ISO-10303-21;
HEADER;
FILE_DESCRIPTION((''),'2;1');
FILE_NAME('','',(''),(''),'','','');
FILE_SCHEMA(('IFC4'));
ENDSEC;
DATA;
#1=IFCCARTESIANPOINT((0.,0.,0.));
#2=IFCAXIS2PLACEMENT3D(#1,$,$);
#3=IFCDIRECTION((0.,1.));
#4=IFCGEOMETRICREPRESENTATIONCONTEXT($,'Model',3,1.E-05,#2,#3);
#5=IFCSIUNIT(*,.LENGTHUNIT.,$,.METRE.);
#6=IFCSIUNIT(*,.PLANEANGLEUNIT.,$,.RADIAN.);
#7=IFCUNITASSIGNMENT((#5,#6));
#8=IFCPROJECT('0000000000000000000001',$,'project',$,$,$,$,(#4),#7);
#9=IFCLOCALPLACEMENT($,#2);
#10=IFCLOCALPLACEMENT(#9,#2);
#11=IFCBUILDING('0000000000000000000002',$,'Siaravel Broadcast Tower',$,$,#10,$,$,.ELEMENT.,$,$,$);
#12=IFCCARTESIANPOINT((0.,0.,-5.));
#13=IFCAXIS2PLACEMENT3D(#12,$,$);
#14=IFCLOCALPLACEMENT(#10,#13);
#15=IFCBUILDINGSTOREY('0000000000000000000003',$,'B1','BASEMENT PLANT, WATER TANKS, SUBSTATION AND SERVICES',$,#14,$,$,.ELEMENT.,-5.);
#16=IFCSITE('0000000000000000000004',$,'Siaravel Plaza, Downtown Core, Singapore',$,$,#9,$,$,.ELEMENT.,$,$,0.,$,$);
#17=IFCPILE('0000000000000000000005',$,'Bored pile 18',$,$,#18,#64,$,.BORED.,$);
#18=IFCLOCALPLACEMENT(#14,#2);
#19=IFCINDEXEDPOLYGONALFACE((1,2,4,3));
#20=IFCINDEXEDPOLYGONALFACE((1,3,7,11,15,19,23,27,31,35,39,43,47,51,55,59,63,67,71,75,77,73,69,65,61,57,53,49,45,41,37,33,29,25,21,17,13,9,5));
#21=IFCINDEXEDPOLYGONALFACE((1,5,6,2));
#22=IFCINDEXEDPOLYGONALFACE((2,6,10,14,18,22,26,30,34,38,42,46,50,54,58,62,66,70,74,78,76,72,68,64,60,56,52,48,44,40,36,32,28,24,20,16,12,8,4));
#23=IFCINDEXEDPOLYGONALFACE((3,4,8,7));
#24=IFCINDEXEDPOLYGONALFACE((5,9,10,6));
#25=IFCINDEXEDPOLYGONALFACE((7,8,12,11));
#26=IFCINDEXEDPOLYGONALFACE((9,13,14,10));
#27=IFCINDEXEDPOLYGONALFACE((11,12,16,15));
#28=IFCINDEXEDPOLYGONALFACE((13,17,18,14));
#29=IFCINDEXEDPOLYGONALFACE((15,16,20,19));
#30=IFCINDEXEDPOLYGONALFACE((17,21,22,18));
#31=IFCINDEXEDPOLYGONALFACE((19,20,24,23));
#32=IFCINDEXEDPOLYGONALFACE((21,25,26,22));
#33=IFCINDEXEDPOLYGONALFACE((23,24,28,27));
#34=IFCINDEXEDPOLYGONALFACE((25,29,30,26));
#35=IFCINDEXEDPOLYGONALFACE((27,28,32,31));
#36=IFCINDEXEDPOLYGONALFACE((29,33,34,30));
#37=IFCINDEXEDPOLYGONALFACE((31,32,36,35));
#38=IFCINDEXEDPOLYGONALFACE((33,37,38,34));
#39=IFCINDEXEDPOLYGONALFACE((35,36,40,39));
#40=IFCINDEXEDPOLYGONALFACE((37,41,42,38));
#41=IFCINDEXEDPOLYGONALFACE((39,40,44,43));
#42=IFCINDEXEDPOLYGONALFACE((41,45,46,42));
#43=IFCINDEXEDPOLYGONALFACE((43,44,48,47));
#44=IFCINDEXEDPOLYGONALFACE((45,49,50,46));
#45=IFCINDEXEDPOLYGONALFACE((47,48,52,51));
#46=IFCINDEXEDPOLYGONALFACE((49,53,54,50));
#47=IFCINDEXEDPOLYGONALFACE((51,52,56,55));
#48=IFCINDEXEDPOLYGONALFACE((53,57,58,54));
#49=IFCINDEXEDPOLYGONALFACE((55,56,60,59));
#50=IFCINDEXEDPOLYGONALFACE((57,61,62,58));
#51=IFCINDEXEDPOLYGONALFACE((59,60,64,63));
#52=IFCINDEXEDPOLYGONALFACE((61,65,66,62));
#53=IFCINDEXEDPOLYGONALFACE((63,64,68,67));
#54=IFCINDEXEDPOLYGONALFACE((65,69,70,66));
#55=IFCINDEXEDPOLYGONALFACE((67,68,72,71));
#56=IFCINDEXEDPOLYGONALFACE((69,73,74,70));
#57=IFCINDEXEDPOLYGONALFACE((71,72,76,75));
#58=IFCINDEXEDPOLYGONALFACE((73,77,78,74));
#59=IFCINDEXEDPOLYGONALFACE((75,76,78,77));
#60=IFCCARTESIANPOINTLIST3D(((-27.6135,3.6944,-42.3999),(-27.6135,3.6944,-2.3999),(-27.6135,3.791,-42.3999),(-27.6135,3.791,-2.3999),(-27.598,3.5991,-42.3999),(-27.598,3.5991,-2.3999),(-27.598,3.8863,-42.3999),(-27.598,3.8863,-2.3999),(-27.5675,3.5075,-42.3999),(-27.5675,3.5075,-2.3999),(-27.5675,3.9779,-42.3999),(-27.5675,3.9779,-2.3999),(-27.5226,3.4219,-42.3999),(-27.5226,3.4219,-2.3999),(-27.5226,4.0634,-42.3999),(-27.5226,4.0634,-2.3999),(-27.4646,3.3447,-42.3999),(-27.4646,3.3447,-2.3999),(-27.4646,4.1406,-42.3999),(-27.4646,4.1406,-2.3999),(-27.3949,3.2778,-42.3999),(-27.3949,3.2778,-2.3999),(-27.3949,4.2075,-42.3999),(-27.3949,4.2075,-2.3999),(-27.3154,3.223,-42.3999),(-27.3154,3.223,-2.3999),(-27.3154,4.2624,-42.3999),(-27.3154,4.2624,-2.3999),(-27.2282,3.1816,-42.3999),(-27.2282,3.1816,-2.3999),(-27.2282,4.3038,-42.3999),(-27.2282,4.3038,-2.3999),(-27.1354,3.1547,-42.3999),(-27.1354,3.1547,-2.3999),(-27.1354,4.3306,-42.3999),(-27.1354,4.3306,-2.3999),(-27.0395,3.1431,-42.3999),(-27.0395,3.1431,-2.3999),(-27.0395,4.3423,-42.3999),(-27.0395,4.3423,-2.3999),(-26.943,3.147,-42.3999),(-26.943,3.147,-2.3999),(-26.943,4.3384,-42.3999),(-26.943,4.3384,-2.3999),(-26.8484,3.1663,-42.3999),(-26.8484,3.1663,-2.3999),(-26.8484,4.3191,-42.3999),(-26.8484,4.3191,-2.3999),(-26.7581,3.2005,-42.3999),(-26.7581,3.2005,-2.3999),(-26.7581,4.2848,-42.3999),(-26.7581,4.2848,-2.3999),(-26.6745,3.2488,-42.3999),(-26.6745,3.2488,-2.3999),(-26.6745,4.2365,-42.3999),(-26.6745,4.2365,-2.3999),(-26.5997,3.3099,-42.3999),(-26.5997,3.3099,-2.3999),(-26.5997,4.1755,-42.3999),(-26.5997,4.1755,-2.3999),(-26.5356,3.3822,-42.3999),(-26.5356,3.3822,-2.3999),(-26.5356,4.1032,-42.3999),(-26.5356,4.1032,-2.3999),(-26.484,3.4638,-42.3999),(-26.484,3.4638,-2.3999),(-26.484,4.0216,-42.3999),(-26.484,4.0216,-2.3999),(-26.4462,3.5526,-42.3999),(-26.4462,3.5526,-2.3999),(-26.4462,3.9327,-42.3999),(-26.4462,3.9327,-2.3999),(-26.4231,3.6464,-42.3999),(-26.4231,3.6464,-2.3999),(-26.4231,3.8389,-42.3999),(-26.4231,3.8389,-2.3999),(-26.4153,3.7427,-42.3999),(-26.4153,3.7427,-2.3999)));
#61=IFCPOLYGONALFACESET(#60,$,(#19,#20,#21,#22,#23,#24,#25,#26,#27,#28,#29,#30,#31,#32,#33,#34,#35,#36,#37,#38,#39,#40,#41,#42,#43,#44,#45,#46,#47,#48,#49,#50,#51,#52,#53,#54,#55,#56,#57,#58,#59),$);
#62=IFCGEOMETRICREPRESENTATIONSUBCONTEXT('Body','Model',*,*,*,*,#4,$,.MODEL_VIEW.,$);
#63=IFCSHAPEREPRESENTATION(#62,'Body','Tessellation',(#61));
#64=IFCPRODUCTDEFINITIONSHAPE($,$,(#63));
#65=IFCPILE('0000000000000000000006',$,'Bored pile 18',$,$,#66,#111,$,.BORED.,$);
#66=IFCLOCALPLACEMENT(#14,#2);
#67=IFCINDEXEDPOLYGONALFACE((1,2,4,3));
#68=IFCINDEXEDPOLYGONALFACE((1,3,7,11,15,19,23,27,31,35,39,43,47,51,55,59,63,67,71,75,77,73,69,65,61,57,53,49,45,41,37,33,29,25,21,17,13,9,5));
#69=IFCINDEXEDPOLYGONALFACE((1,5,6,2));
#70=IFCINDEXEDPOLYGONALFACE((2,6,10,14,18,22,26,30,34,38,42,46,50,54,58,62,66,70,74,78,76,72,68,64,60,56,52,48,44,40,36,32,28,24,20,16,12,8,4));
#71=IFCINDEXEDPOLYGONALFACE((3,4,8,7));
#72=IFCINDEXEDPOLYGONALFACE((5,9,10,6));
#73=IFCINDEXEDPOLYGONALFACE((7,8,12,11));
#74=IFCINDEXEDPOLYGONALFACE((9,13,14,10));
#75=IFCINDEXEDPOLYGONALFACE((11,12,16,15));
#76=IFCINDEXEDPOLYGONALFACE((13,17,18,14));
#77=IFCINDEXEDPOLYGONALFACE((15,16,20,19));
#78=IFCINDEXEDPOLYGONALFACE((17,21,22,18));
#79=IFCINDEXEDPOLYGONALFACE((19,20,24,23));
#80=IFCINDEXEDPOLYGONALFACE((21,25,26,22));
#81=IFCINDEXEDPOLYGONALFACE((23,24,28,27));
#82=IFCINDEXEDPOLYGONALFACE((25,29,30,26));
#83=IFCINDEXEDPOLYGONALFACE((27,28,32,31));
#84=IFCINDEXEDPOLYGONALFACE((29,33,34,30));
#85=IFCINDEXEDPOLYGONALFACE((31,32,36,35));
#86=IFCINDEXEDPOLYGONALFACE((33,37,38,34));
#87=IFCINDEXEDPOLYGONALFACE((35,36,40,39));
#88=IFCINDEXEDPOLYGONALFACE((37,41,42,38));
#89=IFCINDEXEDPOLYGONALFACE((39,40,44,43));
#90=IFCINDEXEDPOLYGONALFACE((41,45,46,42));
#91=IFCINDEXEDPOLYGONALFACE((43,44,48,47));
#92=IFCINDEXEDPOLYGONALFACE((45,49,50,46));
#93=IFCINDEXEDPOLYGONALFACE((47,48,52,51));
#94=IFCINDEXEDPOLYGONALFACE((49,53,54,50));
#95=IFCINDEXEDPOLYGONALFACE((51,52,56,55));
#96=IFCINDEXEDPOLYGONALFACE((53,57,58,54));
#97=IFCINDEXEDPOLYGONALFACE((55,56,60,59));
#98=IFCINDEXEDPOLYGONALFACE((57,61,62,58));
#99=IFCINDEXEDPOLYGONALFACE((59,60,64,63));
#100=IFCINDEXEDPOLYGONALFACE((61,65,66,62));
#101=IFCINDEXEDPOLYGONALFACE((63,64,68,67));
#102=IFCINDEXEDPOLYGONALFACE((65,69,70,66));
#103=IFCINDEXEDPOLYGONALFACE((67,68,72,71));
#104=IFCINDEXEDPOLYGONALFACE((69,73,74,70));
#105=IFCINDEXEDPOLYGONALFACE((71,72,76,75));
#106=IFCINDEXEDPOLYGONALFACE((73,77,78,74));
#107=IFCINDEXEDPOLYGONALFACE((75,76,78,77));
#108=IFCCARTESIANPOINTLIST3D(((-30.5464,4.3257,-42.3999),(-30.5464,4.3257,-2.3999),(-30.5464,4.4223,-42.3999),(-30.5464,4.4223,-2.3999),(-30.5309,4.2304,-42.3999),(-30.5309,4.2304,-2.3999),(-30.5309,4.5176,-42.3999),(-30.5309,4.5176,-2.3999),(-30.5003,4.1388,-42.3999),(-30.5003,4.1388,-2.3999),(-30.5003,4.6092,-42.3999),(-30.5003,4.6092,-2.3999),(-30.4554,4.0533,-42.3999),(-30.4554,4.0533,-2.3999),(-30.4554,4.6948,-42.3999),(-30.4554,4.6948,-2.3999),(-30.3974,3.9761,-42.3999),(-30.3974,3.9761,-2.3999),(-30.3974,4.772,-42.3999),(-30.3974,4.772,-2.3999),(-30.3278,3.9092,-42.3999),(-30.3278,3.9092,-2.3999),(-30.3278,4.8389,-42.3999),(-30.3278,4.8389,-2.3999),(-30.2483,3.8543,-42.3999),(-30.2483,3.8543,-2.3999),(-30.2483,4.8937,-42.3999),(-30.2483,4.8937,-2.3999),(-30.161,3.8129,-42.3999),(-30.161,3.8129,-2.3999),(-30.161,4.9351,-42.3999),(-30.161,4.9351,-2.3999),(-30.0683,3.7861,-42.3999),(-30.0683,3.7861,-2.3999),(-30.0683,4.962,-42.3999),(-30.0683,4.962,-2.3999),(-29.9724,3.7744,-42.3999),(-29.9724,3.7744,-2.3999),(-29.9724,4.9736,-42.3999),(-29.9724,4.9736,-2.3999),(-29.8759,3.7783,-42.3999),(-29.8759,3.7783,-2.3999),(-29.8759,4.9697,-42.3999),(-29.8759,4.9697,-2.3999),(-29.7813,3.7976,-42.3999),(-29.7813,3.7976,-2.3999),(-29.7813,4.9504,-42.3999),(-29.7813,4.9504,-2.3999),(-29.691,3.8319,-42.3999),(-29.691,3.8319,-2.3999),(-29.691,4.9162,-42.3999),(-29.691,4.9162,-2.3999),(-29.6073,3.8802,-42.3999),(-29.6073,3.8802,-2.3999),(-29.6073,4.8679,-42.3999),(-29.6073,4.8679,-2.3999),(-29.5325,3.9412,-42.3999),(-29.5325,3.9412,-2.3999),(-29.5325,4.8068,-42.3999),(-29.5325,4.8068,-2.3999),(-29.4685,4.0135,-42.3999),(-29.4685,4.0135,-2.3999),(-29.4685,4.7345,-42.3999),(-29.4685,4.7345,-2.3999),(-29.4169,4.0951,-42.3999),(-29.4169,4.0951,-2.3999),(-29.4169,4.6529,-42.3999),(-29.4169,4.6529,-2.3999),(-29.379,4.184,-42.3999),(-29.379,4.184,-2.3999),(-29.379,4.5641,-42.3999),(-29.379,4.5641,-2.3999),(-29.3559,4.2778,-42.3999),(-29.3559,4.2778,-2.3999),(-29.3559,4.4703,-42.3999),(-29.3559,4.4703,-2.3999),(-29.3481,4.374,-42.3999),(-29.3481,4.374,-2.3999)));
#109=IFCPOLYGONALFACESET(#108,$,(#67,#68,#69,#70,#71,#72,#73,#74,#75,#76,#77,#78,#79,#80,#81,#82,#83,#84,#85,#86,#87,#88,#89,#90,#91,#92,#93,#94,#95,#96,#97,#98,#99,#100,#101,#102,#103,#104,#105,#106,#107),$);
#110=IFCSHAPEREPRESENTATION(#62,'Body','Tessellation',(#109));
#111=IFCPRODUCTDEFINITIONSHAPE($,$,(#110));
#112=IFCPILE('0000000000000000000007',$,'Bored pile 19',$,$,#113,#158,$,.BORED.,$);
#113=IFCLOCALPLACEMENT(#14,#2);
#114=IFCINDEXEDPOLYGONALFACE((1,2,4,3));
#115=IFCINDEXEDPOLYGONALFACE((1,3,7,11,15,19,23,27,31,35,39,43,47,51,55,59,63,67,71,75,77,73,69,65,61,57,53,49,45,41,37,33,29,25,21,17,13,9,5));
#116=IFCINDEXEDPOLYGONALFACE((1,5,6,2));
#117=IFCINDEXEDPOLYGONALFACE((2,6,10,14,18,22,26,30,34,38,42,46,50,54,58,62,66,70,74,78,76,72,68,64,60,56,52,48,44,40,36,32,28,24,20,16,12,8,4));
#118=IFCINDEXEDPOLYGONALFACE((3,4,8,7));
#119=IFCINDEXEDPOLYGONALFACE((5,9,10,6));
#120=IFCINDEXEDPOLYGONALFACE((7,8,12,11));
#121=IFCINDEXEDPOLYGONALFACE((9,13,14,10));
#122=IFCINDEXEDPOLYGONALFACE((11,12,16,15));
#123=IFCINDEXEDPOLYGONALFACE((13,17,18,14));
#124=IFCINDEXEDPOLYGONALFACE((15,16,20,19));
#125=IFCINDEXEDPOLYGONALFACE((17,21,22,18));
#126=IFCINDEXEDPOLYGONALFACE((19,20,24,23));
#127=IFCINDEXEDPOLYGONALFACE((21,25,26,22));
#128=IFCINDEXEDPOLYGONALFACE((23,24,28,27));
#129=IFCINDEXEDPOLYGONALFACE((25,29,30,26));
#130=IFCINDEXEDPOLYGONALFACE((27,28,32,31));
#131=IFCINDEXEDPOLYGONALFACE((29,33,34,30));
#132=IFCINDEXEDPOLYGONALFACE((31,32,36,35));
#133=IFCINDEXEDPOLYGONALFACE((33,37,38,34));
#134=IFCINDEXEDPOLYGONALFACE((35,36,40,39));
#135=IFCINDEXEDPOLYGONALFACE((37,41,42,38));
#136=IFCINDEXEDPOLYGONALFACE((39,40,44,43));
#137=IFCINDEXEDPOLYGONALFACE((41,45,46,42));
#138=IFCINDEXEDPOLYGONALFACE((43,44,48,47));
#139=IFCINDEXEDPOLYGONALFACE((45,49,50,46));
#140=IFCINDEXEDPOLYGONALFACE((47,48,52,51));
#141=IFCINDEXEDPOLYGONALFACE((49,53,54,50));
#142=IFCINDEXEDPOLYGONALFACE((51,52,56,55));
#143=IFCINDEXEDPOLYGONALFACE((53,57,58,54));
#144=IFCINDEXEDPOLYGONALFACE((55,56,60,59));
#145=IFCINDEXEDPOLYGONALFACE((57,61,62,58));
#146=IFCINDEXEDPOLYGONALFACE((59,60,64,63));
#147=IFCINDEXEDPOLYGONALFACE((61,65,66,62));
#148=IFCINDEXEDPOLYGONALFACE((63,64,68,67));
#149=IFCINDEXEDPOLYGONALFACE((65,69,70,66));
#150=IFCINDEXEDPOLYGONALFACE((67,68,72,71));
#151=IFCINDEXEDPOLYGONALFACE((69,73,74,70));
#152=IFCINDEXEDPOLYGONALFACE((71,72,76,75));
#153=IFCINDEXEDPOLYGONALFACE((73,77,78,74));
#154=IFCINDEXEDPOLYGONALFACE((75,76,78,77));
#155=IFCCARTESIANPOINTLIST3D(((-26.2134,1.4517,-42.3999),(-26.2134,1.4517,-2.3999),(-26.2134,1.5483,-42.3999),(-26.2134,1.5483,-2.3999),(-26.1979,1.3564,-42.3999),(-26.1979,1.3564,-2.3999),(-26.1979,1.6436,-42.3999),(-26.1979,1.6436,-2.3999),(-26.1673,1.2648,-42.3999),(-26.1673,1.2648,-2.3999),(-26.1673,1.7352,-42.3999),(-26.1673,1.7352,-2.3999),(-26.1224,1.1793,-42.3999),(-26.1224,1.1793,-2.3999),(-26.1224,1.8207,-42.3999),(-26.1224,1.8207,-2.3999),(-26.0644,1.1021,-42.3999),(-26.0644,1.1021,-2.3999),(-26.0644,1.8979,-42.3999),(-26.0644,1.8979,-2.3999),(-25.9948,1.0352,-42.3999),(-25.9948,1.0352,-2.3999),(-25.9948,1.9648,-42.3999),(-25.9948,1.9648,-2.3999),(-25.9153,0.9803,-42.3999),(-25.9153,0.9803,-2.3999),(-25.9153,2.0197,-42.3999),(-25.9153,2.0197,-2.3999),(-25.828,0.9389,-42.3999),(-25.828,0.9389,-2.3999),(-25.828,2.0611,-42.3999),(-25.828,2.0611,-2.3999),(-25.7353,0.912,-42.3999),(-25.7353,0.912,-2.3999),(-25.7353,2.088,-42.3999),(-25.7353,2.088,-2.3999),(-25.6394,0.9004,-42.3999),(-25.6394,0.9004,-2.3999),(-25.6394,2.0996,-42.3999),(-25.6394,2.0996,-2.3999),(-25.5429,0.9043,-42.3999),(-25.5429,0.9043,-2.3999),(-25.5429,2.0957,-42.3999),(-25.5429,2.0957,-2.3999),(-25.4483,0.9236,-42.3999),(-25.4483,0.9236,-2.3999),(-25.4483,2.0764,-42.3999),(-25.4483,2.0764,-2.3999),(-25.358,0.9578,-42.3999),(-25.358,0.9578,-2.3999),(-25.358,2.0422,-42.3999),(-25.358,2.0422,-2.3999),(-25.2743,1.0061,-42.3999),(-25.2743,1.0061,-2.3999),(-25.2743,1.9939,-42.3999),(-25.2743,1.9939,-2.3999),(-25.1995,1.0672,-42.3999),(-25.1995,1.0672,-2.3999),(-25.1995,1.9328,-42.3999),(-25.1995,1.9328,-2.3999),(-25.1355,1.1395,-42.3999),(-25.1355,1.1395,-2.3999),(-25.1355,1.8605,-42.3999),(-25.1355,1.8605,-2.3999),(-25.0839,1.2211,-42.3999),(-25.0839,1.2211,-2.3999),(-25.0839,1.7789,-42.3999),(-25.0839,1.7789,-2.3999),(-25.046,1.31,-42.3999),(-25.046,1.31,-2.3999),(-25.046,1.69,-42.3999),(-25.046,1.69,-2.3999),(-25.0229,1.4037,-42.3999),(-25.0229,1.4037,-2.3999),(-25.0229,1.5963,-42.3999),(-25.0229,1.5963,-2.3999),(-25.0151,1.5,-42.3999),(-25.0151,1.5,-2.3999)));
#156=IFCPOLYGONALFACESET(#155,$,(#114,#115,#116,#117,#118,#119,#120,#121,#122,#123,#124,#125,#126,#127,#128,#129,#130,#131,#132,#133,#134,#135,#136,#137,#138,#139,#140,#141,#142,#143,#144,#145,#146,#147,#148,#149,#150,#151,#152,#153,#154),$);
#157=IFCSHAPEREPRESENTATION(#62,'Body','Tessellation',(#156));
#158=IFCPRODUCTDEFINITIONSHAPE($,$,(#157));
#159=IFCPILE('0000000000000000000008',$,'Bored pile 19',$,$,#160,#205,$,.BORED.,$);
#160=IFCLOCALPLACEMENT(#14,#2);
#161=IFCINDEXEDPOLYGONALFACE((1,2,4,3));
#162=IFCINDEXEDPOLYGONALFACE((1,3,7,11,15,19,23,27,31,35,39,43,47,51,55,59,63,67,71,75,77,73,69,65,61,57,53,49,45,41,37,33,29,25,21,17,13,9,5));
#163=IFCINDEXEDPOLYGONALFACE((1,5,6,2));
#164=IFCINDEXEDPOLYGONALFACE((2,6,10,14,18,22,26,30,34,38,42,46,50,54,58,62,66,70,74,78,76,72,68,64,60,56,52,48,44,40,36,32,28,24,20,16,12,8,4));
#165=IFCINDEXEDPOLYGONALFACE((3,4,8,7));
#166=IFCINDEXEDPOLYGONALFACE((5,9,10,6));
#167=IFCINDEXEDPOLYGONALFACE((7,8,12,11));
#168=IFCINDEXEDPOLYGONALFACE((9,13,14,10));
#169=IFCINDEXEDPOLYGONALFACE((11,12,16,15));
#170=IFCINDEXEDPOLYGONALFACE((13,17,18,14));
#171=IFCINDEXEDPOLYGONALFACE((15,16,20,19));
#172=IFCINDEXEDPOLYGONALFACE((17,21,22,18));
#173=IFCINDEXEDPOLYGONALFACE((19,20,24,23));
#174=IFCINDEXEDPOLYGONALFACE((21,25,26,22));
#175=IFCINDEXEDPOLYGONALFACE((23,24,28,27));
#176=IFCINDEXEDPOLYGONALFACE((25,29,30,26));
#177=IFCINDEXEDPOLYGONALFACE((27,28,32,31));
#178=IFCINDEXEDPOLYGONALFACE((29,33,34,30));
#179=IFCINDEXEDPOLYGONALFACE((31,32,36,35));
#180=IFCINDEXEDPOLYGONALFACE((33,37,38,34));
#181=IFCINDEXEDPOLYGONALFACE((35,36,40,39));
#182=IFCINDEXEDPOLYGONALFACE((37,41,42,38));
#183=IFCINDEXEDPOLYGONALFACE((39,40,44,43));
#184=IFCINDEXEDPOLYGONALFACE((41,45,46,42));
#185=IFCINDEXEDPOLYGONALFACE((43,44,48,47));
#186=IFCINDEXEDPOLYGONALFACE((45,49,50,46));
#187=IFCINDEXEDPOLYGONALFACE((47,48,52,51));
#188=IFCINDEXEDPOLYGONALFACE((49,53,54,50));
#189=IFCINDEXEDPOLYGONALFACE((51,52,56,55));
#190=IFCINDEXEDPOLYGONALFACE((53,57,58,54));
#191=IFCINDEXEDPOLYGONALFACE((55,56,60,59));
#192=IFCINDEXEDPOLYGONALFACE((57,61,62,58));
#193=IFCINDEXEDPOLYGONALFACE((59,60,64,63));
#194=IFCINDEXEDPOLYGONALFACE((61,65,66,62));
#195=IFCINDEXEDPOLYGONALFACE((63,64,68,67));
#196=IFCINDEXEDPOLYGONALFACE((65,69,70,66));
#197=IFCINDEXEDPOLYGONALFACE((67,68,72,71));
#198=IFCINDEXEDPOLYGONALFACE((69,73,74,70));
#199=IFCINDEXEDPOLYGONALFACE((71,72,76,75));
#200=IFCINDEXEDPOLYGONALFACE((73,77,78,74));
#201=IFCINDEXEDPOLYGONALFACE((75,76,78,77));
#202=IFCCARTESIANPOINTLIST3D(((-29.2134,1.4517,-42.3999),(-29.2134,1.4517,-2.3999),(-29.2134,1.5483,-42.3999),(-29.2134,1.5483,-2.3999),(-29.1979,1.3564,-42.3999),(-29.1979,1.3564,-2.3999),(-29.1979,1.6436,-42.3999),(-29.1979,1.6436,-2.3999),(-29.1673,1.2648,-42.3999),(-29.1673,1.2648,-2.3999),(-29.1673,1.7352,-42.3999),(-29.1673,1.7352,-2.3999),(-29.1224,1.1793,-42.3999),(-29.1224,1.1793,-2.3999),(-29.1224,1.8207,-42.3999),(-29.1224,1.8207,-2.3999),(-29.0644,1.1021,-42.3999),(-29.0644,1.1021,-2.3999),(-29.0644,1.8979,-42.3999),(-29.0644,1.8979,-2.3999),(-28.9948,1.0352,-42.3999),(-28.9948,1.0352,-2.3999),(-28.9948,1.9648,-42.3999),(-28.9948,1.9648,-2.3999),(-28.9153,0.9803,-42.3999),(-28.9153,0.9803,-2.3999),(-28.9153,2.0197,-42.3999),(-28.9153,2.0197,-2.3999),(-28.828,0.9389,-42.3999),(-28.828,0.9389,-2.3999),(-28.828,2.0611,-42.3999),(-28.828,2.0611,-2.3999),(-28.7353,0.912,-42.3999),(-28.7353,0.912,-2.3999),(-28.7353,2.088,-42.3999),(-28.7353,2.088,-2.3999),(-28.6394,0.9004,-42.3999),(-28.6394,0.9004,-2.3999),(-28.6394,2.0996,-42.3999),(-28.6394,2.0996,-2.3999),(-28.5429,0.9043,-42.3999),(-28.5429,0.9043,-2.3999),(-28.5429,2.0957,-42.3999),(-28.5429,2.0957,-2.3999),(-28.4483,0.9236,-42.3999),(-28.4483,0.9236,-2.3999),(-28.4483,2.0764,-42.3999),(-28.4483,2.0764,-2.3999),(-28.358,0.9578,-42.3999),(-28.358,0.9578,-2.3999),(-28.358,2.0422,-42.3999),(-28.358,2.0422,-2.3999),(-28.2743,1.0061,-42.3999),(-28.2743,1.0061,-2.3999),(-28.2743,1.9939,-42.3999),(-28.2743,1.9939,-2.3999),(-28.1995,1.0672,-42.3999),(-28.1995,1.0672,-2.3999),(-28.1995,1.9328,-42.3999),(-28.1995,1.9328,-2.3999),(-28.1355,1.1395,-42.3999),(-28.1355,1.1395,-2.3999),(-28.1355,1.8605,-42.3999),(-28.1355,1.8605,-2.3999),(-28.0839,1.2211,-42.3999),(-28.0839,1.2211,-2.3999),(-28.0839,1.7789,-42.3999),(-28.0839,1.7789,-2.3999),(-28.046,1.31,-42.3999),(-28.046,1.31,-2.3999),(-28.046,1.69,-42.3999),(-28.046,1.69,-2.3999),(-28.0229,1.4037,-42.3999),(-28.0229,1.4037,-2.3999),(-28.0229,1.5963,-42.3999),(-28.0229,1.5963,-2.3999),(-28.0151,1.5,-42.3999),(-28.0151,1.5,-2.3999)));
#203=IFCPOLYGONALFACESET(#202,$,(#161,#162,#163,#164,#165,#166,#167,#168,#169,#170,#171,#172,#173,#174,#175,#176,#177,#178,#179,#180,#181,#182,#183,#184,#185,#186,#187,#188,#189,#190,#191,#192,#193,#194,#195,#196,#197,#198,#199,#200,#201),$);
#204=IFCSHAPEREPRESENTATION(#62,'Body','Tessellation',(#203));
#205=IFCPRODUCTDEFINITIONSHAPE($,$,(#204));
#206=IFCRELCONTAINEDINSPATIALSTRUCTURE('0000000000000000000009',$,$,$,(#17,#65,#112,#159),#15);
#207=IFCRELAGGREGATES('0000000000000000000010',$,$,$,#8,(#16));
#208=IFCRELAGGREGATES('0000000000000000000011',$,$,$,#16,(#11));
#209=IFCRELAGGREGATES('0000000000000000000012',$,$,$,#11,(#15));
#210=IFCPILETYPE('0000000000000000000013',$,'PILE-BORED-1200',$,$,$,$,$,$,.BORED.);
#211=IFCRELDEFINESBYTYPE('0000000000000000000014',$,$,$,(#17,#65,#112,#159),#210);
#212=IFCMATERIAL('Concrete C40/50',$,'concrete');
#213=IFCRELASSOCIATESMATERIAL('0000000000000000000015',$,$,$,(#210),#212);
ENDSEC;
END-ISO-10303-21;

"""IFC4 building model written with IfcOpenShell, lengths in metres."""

from ifc_helpers import new_model, si_unit, direction, frame, origin, origin_2d, place, context, subcontext, project, spatial, circle, extrude, material, material_profile, profile_set, type_object, element, save


model = new_model("IFC4")

# Units and contexts
model_context = context("Model", 3, precision=1e-05, world=origin(), true_north=direction((0.0, 1.0)))
body_context = subcontext(model_context, "Body", "Model", "MODEL_VIEW")
ifc_project = project(units=[si_unit("LENGTHUNIT", "METRE"), si_unit("PLANEANGLEUNIT", "RADIAN")], contexts=[model_context])

# Site, building, storey
site_placement = place(None, origin())
site = spatial("IfcSite", under=ifc_project, at=site_placement, Name="Siaravel Plaza, Downtown Core, Singapore", CompositionType="ELEMENT", RefElevation=0.0)
building_placement = place(site_placement, origin())
building = spatial("IfcBuilding", under=site, at=building_placement, Name="Siaravel Broadcast Tower", CompositionType="ELEMENT")
storey_placement = place(building_placement, frame((0.0, 0.0, -5.0)))
storey = spatial("IfcBuildingStorey", under=building, at=storey_placement, Name="B1", Description="BASEMENT PLANT, WATER TANKS, SUBSTATION AND SERVICES", CompositionType="ELEMENT", Elevation=-5.0)

# Shared definitions
ifc_material_1 = material(Name="Concrete C40/50", Category="concrete")

# Piles
ifc_material_profile_1 = material_profile(ifc_material_1, circle(Radius=0.6001, at=origin_2d()))
ifc_profile_set_1 = profile_set([ifc_material_profile_1], Name="Concrete C40/50")
pile_type_1 = type_object("IfcPileType", Name="PILE-BORED-1200", PredefinedType="BORED", material=ifc_profile_set_1)
for number, where, z_axis, x_axis, name in (
    (1, (-27.0154, 3.7427, -2.3999), (0.0, 0.0, -1.0), (1.0, 0.0, 0.0), "Bored pile 18"),
    (2, (-29.9482, 4.374, -2.3999), (0.0, 0.0, -1.0), (1.0, 0.0, 0.0), "Bored pile 18"),
    (3, (-25.6152, 1.5, -2.3999), (0.0, 0.0, -1.0), (1.0, 0.0, 0.0), "Bored pile 19"),
    (4, (-28.6152, 1.5, -2.3999), (0.0, 0.0, -1.0), (1.0, 0.0, 0.0), "Bored pile 19"),
):
    element("IfcPile", number, at=place(storey_placement, frame(where, z_axis=z_axis, x_axis=x_axis)), inside=storey, type_object=pile_type_1, Name=name, PredefinedType="BORED", context=body_context, shape_type="SweptSolid", body=[
        extrude(circle(Radius=0.6001, at=origin_2d()), origin(), (0.0, 0.0, 1.0), 40.0),
    ])

save(model, "model.ifc")
